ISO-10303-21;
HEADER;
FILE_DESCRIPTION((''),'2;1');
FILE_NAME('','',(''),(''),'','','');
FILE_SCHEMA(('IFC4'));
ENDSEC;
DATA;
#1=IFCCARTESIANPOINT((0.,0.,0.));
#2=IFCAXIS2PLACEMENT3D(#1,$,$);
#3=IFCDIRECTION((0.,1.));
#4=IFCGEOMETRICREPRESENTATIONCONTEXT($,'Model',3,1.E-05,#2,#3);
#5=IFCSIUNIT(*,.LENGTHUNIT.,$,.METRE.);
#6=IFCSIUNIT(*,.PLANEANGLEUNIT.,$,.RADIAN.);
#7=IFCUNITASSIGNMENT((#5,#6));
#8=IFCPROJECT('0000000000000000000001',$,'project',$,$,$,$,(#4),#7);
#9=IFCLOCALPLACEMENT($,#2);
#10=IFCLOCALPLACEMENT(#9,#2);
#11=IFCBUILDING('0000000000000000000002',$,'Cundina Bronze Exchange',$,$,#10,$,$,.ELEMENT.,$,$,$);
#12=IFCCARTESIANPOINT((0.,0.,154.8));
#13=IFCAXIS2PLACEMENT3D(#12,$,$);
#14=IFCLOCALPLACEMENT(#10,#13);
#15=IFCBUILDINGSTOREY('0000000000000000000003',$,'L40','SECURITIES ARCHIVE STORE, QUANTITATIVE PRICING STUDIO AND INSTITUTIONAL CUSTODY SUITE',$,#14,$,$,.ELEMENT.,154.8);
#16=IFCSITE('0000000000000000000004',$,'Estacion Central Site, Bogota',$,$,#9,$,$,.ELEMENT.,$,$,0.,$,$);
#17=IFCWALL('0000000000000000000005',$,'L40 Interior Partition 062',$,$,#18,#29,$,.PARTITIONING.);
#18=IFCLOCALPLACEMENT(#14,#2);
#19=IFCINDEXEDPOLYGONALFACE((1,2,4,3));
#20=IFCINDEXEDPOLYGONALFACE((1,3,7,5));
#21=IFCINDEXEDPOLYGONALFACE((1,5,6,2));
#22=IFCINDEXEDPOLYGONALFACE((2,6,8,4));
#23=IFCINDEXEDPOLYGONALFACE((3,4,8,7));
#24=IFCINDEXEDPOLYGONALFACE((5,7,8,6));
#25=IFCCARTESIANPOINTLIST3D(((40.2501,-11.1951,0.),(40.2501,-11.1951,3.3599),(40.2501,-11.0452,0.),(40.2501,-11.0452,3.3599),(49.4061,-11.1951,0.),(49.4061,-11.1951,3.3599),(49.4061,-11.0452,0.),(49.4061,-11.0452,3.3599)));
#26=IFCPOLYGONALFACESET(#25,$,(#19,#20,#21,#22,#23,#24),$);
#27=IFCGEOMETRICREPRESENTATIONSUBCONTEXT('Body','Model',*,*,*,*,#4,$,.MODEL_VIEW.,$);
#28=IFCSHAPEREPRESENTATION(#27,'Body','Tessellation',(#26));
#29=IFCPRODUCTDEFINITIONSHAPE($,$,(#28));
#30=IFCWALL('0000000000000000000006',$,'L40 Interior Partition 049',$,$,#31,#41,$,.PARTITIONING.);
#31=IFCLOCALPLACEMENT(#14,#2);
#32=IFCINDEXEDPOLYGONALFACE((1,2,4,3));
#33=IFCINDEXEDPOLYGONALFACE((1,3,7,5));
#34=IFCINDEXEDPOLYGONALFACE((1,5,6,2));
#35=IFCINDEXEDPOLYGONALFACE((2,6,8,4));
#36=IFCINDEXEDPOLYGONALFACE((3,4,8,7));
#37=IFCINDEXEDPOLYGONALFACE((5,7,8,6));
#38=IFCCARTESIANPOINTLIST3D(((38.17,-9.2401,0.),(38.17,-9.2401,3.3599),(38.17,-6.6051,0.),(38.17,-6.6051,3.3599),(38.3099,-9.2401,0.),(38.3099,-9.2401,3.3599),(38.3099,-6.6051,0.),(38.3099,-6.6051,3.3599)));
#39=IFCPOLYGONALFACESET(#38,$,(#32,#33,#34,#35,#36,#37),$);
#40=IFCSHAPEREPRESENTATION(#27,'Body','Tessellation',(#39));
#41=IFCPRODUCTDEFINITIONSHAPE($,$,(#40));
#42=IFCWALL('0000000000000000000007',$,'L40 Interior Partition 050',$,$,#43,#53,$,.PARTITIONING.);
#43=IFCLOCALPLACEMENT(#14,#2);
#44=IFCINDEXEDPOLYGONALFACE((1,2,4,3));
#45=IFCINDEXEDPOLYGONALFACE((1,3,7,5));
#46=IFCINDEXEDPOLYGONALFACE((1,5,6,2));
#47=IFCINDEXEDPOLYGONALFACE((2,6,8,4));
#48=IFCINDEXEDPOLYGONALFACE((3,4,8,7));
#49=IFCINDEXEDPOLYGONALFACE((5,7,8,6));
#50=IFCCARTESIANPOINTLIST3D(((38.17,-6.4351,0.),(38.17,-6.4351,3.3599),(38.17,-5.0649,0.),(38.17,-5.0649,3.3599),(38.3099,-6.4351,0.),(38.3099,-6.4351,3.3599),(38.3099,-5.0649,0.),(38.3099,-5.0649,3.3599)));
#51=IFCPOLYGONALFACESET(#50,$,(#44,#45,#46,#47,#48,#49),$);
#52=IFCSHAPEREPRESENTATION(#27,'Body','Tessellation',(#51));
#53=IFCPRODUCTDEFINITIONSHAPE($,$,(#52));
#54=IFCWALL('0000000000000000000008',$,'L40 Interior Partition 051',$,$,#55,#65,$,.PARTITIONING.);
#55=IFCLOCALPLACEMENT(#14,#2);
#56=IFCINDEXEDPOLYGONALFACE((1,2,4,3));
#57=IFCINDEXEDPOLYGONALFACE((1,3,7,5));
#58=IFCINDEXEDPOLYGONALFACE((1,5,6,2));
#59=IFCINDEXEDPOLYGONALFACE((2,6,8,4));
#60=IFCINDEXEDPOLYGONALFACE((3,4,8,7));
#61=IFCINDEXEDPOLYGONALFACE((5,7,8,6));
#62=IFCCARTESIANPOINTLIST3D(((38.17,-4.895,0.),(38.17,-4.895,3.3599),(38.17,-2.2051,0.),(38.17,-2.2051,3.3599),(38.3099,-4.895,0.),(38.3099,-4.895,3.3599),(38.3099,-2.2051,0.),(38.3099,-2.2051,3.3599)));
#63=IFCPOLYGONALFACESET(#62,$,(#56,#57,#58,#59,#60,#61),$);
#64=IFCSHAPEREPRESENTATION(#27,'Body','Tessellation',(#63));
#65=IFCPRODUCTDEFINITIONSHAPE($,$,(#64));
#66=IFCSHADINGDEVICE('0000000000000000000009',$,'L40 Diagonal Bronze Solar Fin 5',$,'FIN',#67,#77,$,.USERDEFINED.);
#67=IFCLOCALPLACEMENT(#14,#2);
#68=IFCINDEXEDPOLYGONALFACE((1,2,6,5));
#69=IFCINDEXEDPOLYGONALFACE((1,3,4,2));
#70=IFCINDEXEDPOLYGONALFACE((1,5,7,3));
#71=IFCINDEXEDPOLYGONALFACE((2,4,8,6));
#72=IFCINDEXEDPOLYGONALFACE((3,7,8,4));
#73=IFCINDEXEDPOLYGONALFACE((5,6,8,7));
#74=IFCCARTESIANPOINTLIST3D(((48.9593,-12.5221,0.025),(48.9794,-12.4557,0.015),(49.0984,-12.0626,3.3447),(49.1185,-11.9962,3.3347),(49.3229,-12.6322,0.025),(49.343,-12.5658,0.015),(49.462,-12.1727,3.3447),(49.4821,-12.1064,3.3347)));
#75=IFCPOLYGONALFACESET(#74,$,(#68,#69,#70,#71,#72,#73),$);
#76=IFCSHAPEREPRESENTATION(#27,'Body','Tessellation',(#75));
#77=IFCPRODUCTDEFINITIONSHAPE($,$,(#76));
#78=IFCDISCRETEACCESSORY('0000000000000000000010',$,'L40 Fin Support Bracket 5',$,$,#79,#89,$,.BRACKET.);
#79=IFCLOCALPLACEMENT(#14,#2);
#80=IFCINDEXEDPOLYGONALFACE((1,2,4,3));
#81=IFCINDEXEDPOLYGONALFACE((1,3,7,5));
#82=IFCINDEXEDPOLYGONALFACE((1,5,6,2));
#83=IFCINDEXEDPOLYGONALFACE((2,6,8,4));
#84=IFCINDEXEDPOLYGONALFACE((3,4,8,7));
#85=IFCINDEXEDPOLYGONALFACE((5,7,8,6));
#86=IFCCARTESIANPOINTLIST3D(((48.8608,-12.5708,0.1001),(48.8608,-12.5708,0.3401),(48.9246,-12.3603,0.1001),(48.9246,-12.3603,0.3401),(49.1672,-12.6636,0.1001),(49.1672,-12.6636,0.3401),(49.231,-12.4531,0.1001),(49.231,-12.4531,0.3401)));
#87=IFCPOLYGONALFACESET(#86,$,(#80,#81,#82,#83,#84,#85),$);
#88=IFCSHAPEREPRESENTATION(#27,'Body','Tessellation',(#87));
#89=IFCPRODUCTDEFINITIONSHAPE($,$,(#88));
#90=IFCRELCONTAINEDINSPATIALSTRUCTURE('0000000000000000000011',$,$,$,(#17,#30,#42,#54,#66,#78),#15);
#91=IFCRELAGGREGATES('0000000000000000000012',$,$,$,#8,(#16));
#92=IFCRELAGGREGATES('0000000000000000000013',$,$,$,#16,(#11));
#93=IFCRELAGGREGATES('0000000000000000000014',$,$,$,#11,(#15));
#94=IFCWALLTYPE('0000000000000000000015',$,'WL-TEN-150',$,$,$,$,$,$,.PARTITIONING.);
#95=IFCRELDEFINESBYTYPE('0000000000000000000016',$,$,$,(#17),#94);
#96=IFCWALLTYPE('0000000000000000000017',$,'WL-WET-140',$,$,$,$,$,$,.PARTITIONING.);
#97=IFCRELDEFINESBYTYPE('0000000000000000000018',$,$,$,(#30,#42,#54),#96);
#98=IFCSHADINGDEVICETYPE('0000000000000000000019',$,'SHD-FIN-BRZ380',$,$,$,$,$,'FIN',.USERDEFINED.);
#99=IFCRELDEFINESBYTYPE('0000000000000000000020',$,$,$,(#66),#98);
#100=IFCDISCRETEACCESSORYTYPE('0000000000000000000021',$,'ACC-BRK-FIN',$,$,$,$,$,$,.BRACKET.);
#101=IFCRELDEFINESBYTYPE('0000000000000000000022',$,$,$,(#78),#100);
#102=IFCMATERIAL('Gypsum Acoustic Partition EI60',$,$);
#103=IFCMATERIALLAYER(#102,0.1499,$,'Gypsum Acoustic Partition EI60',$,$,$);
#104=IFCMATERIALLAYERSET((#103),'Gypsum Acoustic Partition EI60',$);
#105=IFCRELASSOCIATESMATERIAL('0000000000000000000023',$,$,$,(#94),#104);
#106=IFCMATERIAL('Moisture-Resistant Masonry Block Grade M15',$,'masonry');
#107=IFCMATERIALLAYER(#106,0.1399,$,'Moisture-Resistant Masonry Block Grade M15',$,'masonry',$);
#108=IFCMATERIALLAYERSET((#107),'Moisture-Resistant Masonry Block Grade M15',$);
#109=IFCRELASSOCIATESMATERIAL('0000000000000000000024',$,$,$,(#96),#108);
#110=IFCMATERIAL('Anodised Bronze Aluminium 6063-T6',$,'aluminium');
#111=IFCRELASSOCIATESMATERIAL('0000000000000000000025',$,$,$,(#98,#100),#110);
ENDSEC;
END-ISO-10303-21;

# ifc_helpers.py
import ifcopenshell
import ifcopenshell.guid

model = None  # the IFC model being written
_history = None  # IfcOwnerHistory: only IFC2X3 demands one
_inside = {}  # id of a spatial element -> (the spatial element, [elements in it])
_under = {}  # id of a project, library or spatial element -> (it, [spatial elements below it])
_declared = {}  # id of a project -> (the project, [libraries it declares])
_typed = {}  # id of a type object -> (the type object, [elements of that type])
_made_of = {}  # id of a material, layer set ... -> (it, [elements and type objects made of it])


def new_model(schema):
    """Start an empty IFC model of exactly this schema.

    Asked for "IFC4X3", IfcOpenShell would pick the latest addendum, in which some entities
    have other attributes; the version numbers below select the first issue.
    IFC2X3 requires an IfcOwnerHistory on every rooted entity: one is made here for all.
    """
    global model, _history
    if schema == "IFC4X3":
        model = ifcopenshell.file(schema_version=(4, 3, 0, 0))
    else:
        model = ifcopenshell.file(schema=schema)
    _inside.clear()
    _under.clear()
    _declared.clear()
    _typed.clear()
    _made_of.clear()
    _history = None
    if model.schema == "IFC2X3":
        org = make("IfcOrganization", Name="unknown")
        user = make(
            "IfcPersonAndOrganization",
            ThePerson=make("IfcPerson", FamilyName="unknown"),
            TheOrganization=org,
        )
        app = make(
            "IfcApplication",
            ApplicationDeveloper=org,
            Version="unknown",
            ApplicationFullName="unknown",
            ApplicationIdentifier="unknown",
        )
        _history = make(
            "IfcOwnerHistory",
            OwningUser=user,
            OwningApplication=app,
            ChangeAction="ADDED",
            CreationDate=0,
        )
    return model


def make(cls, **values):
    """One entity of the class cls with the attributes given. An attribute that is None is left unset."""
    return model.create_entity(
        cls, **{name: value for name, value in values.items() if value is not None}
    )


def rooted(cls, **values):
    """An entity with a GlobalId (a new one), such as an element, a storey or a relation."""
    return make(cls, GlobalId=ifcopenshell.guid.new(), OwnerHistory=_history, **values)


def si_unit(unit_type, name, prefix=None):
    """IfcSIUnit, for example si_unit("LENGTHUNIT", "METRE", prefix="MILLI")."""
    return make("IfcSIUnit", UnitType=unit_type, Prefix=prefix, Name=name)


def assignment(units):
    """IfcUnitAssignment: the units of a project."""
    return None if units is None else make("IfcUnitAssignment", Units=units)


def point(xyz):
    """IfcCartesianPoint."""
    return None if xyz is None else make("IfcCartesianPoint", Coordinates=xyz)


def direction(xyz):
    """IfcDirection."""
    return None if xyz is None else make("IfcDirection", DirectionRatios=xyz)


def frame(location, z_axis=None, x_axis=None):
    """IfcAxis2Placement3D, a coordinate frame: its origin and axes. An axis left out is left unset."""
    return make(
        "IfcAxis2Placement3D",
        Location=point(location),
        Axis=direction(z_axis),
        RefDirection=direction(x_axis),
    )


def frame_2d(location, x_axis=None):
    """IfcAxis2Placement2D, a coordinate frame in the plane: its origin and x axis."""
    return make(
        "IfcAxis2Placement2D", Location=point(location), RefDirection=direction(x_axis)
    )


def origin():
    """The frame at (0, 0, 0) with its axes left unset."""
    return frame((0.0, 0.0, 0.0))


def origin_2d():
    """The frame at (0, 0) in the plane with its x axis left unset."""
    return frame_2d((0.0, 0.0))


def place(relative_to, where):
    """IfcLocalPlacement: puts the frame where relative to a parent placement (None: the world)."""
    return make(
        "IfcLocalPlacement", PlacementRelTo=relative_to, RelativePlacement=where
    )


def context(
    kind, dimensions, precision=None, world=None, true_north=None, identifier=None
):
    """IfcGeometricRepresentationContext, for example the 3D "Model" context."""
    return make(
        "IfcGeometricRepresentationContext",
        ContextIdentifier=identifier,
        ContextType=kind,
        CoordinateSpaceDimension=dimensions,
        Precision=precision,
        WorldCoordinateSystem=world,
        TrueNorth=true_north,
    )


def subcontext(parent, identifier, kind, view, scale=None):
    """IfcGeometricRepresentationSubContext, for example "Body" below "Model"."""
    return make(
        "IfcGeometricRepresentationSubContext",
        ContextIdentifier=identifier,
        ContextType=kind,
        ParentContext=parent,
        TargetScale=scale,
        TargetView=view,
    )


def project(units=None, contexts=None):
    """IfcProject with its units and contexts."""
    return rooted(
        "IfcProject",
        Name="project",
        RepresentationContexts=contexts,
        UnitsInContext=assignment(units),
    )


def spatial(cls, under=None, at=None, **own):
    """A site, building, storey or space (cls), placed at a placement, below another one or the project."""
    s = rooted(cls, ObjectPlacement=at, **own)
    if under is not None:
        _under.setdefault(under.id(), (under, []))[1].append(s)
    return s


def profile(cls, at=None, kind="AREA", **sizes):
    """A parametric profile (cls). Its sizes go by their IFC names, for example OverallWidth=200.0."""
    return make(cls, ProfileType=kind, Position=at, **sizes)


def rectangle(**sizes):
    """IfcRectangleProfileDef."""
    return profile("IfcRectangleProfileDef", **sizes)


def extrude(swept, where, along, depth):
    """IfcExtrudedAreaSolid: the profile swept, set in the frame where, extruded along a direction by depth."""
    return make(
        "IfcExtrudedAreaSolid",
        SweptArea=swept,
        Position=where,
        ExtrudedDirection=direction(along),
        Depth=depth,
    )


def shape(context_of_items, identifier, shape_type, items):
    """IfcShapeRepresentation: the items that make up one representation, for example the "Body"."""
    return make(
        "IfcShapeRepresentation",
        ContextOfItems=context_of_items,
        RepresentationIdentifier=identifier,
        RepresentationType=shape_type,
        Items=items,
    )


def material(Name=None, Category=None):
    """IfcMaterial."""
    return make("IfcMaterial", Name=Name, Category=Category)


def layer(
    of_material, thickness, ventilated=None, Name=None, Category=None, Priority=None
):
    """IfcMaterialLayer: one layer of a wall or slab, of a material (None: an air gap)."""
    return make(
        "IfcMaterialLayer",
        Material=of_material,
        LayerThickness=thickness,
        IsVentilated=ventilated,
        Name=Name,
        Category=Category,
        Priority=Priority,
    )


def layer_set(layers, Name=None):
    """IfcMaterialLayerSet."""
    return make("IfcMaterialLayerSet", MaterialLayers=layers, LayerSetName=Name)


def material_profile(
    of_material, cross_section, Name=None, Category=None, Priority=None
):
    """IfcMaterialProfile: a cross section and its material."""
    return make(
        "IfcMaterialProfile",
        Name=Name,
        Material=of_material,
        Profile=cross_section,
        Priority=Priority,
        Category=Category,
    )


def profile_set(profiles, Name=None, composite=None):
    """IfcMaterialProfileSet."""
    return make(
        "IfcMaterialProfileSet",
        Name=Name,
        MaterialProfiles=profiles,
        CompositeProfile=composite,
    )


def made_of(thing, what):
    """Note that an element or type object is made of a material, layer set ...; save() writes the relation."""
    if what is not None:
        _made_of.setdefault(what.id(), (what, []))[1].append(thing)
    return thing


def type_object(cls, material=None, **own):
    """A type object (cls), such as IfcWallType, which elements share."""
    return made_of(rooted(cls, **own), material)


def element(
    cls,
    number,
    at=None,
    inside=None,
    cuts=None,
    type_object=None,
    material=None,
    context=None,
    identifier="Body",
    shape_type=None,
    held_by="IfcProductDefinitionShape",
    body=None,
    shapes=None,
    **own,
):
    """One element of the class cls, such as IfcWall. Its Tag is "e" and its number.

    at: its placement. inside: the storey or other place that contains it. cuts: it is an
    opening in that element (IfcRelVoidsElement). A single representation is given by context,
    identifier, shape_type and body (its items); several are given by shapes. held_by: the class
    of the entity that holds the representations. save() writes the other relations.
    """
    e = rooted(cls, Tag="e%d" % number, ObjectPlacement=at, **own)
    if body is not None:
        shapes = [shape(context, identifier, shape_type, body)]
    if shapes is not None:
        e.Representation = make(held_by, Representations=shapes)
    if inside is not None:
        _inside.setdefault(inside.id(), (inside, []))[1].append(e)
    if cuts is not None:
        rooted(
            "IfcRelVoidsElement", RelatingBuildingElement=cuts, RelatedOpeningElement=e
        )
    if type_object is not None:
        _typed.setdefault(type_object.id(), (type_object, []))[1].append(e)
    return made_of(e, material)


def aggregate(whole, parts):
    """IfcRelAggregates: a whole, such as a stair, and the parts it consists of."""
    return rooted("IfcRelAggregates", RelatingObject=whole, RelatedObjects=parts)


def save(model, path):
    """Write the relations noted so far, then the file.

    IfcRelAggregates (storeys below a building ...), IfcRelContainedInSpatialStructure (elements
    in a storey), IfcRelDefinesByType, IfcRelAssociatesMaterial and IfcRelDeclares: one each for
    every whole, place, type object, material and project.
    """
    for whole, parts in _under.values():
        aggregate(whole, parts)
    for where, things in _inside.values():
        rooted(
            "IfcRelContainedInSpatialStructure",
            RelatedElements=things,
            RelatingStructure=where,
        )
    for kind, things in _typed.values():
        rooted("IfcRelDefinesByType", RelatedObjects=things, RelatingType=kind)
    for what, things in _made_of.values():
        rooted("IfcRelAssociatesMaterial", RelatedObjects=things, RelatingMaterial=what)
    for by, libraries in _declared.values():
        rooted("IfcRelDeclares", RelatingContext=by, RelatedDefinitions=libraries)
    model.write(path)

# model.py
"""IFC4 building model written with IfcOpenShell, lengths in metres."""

from ifc_helpers import new_model, si_unit, direction, frame, frame_2d, origin, origin_2d, place, context, subcontext, project, spatial, rectangle, extrude, material, layer, layer_set, material_profile, profile_set, type_object, element, save


model = new_model("IFC4")

# Units and contexts
model_context = context("Model", 3, precision=1e-05, world=origin(), true_north=direction((0.0, 1.0)))
body_context = subcontext(model_context, "Body", "Model", "MODEL_VIEW")
ifc_project = project(units=[si_unit("LENGTHUNIT", "METRE"), si_unit("PLANEANGLEUNIT", "RADIAN")], contexts=[model_context])

# Site, building, storey
site_placement = place(None, origin())
site = spatial("IfcSite", under=ifc_project, at=site_placement, Name="Estacion Central Site, Bogota", CompositionType="ELEMENT", RefElevation=0.0)
building_placement = place(site_placement, origin())
building = spatial("IfcBuilding", under=site, at=building_placement, Name="Cundina Bronze Exchange", CompositionType="ELEMENT")
storey_placement = place(building_placement, frame((0.0, 0.0, 154.8)))
storey = spatial("IfcBuildingStorey", under=building, at=storey_placement, Name="L40", Description="SECURITIES ARCHIVE STORE, QUANTITATIVE PRICING STUDIO AND INSTITUTIONAL CUSTODY SUITE", CompositionType="ELEMENT", Elevation=154.8)

# Shared definitions
ifc_material_1 = material(Name="Anodised Bronze Aluminium 6063-T6", Category="aluminium")

# Walls
ifc_material_2 = material(Name="Gypsum Acoustic Partition EI60")
ifc_layer_1 = layer(ifc_material_2, 0.1499, Name="Gypsum Acoustic Partition EI60")
ifc_layer_set_1 = layer_set([ifc_layer_1], Name="Gypsum Acoustic Partition EI60")
wall_type_1 = type_object("IfcWallType", Name="WL-TEN-150", PredefinedType="PARTITIONING", material=ifc_layer_set_1)
wall_1_placement = place(storey_placement, frame((40.25, -11.1201, 0.0), z_axis=(0.0, 0.0, 1.0), x_axis=(1.0, 0.0, 0.0)))
element("IfcWall", 1, at=wall_1_placement, inside=storey, type_object=wall_type_1, Name="L40 Interior Partition 062", PredefinedType="PARTITIONING", context=body_context, shape_type="SweptSolid", body=[
    extrude(rectangle(XDim=9.156, YDim=0.1499, at=frame_2d((4.5781, 0.0))), origin(), (0.0, 0.0, 1.0), 3.3599),
])
ifc_material_3 = material(Name="Moisture-Resistant Masonry Block Grade M15", Category="masonry")
ifc_layer_2 = layer(ifc_material_3, 0.1399, Name="Moisture-Resistant Masonry Block Grade M15", Category="masonry")
ifc_layer_set_2 = layer_set([ifc_layer_2], Name="Moisture-Resistant Masonry Block Grade M15")
wall_type_2 = type_object("IfcWallType", Name="WL-WET-140", PredefinedType="PARTITIONING", material=ifc_layer_set_2)
wall_2_placement = place(storey_placement, frame((38.24, -9.24, 0.0), z_axis=(0.0, 0.0, 1.0), x_axis=(0.0, 1.0, 0.0)))
element("IfcWall", 2, at=wall_2_placement, inside=storey, type_object=wall_type_2, Name="L40 Interior Partition 049", PredefinedType="PARTITIONING", context=body_context, shape_type="SweptSolid", body=[
    extrude(rectangle(XDim=2.635, YDim=0.1399, at=frame_2d((1.3174, 0.0))), origin(), (0.0, 0.0, 1.0), 3.3599),
])
wall_3_placement = place(storey_placement, frame((38.24, -6.4351, 0.0), z_axis=(0.0, 0.0, 1.0), x_axis=(0.0, 1.0, 0.0)))
element("IfcWall", 3, at=wall_3_placement, inside=storey, type_object=wall_type_2, Name="L40 Interior Partition 050", PredefinedType="PARTITIONING", context=body_context, shape_type="SweptSolid", body=[
    extrude(rectangle(XDim=1.3701, YDim=0.1399, at=frame_2d((0.6851, 0.0))), origin(), (0.0, 0.0, 1.0), 3.3599),
])
wall_4_placement = place(storey_placement, frame((38.24, -4.895, 0.0), z_axis=(0.0, 0.0, 1.0), x_axis=(0.0, 1.0, 0.0)))
element("IfcWall", 4, at=wall_4_placement, inside=storey, type_object=wall_type_2, Name="L40 Interior Partition 051", PredefinedType="PARTITIONING", context=body_context, shape_type="SweptSolid", body=[
    extrude(rectangle(XDim=2.6899, YDim=0.1399, at=frame_2d((1.345, 0.0))), origin(), (0.0, 0.0, 1.0), 3.3599),
])

# Shading device
ifc_material_profile_1 = material_profile(ifc_material_1, rectangle(XDim=0.0701, YDim=0.3799, at=origin_2d()), Name="FIN70X380", Category="aluminium")
ifc_profile_set_1 = profile_set([ifc_material_profile_1], Name="Anodised Bronze Aluminium 6063-T6")
shading_device_type = type_object("IfcShadingDeviceType", Name="SHD-FIN-BRZ380", ElementType="FIN", PredefinedType="USERDEFINED", material=ifc_profile_set_1)
shading_device_placement = place(storey_placement, frame((49.1511, -12.5439, 0.02), z_axis=(0.041486, 0.136978, 0.989705), x_axis=(-0.286882, -0.947214, 0.143123)))
element("IfcShadingDevice", 5, at=shading_device_placement, inside=storey, type_object=shading_device_type, Name="L40 Diagonal Bronze Solar Fin 5", ObjectType="FIN", PredefinedType="USERDEFINED", context=body_context, shape_type="SweptSolid", body=[
    extrude(rectangle(XDim=0.0701, YDim=0.3799, at=origin_2d()), origin(), (0.0, 0.0, 1.0), 3.3542),
])

# Discrete accessory
discrete_accessory_type = type_object("IfcDiscreteAccessoryType", Name="ACC-BRK-FIN", PredefinedType="BRACKET", material=ifc_material_1)
discrete_accessory_placement = place(storey_placement, frame((49.0459, -12.512, 0.1001), z_axis=(0.0, 0.0, 1.0), x_axis=(0.290051, 0.957011, 0.0)))
element("IfcDiscreteAccessory", 6, at=discrete_accessory_placement, inside=storey, type_object=discrete_accessory_type, Name="L40 Fin Support Bracket 5", PredefinedType="BRACKET", context=body_context, shape_type="SweptSolid", body=[
    extrude(rectangle(XDim=0.22, YDim=0.3201, at=origin_2d()), origin(), (0.0, 0.0, 1.0), 0.24),
])

save(model, "model.ifc")
